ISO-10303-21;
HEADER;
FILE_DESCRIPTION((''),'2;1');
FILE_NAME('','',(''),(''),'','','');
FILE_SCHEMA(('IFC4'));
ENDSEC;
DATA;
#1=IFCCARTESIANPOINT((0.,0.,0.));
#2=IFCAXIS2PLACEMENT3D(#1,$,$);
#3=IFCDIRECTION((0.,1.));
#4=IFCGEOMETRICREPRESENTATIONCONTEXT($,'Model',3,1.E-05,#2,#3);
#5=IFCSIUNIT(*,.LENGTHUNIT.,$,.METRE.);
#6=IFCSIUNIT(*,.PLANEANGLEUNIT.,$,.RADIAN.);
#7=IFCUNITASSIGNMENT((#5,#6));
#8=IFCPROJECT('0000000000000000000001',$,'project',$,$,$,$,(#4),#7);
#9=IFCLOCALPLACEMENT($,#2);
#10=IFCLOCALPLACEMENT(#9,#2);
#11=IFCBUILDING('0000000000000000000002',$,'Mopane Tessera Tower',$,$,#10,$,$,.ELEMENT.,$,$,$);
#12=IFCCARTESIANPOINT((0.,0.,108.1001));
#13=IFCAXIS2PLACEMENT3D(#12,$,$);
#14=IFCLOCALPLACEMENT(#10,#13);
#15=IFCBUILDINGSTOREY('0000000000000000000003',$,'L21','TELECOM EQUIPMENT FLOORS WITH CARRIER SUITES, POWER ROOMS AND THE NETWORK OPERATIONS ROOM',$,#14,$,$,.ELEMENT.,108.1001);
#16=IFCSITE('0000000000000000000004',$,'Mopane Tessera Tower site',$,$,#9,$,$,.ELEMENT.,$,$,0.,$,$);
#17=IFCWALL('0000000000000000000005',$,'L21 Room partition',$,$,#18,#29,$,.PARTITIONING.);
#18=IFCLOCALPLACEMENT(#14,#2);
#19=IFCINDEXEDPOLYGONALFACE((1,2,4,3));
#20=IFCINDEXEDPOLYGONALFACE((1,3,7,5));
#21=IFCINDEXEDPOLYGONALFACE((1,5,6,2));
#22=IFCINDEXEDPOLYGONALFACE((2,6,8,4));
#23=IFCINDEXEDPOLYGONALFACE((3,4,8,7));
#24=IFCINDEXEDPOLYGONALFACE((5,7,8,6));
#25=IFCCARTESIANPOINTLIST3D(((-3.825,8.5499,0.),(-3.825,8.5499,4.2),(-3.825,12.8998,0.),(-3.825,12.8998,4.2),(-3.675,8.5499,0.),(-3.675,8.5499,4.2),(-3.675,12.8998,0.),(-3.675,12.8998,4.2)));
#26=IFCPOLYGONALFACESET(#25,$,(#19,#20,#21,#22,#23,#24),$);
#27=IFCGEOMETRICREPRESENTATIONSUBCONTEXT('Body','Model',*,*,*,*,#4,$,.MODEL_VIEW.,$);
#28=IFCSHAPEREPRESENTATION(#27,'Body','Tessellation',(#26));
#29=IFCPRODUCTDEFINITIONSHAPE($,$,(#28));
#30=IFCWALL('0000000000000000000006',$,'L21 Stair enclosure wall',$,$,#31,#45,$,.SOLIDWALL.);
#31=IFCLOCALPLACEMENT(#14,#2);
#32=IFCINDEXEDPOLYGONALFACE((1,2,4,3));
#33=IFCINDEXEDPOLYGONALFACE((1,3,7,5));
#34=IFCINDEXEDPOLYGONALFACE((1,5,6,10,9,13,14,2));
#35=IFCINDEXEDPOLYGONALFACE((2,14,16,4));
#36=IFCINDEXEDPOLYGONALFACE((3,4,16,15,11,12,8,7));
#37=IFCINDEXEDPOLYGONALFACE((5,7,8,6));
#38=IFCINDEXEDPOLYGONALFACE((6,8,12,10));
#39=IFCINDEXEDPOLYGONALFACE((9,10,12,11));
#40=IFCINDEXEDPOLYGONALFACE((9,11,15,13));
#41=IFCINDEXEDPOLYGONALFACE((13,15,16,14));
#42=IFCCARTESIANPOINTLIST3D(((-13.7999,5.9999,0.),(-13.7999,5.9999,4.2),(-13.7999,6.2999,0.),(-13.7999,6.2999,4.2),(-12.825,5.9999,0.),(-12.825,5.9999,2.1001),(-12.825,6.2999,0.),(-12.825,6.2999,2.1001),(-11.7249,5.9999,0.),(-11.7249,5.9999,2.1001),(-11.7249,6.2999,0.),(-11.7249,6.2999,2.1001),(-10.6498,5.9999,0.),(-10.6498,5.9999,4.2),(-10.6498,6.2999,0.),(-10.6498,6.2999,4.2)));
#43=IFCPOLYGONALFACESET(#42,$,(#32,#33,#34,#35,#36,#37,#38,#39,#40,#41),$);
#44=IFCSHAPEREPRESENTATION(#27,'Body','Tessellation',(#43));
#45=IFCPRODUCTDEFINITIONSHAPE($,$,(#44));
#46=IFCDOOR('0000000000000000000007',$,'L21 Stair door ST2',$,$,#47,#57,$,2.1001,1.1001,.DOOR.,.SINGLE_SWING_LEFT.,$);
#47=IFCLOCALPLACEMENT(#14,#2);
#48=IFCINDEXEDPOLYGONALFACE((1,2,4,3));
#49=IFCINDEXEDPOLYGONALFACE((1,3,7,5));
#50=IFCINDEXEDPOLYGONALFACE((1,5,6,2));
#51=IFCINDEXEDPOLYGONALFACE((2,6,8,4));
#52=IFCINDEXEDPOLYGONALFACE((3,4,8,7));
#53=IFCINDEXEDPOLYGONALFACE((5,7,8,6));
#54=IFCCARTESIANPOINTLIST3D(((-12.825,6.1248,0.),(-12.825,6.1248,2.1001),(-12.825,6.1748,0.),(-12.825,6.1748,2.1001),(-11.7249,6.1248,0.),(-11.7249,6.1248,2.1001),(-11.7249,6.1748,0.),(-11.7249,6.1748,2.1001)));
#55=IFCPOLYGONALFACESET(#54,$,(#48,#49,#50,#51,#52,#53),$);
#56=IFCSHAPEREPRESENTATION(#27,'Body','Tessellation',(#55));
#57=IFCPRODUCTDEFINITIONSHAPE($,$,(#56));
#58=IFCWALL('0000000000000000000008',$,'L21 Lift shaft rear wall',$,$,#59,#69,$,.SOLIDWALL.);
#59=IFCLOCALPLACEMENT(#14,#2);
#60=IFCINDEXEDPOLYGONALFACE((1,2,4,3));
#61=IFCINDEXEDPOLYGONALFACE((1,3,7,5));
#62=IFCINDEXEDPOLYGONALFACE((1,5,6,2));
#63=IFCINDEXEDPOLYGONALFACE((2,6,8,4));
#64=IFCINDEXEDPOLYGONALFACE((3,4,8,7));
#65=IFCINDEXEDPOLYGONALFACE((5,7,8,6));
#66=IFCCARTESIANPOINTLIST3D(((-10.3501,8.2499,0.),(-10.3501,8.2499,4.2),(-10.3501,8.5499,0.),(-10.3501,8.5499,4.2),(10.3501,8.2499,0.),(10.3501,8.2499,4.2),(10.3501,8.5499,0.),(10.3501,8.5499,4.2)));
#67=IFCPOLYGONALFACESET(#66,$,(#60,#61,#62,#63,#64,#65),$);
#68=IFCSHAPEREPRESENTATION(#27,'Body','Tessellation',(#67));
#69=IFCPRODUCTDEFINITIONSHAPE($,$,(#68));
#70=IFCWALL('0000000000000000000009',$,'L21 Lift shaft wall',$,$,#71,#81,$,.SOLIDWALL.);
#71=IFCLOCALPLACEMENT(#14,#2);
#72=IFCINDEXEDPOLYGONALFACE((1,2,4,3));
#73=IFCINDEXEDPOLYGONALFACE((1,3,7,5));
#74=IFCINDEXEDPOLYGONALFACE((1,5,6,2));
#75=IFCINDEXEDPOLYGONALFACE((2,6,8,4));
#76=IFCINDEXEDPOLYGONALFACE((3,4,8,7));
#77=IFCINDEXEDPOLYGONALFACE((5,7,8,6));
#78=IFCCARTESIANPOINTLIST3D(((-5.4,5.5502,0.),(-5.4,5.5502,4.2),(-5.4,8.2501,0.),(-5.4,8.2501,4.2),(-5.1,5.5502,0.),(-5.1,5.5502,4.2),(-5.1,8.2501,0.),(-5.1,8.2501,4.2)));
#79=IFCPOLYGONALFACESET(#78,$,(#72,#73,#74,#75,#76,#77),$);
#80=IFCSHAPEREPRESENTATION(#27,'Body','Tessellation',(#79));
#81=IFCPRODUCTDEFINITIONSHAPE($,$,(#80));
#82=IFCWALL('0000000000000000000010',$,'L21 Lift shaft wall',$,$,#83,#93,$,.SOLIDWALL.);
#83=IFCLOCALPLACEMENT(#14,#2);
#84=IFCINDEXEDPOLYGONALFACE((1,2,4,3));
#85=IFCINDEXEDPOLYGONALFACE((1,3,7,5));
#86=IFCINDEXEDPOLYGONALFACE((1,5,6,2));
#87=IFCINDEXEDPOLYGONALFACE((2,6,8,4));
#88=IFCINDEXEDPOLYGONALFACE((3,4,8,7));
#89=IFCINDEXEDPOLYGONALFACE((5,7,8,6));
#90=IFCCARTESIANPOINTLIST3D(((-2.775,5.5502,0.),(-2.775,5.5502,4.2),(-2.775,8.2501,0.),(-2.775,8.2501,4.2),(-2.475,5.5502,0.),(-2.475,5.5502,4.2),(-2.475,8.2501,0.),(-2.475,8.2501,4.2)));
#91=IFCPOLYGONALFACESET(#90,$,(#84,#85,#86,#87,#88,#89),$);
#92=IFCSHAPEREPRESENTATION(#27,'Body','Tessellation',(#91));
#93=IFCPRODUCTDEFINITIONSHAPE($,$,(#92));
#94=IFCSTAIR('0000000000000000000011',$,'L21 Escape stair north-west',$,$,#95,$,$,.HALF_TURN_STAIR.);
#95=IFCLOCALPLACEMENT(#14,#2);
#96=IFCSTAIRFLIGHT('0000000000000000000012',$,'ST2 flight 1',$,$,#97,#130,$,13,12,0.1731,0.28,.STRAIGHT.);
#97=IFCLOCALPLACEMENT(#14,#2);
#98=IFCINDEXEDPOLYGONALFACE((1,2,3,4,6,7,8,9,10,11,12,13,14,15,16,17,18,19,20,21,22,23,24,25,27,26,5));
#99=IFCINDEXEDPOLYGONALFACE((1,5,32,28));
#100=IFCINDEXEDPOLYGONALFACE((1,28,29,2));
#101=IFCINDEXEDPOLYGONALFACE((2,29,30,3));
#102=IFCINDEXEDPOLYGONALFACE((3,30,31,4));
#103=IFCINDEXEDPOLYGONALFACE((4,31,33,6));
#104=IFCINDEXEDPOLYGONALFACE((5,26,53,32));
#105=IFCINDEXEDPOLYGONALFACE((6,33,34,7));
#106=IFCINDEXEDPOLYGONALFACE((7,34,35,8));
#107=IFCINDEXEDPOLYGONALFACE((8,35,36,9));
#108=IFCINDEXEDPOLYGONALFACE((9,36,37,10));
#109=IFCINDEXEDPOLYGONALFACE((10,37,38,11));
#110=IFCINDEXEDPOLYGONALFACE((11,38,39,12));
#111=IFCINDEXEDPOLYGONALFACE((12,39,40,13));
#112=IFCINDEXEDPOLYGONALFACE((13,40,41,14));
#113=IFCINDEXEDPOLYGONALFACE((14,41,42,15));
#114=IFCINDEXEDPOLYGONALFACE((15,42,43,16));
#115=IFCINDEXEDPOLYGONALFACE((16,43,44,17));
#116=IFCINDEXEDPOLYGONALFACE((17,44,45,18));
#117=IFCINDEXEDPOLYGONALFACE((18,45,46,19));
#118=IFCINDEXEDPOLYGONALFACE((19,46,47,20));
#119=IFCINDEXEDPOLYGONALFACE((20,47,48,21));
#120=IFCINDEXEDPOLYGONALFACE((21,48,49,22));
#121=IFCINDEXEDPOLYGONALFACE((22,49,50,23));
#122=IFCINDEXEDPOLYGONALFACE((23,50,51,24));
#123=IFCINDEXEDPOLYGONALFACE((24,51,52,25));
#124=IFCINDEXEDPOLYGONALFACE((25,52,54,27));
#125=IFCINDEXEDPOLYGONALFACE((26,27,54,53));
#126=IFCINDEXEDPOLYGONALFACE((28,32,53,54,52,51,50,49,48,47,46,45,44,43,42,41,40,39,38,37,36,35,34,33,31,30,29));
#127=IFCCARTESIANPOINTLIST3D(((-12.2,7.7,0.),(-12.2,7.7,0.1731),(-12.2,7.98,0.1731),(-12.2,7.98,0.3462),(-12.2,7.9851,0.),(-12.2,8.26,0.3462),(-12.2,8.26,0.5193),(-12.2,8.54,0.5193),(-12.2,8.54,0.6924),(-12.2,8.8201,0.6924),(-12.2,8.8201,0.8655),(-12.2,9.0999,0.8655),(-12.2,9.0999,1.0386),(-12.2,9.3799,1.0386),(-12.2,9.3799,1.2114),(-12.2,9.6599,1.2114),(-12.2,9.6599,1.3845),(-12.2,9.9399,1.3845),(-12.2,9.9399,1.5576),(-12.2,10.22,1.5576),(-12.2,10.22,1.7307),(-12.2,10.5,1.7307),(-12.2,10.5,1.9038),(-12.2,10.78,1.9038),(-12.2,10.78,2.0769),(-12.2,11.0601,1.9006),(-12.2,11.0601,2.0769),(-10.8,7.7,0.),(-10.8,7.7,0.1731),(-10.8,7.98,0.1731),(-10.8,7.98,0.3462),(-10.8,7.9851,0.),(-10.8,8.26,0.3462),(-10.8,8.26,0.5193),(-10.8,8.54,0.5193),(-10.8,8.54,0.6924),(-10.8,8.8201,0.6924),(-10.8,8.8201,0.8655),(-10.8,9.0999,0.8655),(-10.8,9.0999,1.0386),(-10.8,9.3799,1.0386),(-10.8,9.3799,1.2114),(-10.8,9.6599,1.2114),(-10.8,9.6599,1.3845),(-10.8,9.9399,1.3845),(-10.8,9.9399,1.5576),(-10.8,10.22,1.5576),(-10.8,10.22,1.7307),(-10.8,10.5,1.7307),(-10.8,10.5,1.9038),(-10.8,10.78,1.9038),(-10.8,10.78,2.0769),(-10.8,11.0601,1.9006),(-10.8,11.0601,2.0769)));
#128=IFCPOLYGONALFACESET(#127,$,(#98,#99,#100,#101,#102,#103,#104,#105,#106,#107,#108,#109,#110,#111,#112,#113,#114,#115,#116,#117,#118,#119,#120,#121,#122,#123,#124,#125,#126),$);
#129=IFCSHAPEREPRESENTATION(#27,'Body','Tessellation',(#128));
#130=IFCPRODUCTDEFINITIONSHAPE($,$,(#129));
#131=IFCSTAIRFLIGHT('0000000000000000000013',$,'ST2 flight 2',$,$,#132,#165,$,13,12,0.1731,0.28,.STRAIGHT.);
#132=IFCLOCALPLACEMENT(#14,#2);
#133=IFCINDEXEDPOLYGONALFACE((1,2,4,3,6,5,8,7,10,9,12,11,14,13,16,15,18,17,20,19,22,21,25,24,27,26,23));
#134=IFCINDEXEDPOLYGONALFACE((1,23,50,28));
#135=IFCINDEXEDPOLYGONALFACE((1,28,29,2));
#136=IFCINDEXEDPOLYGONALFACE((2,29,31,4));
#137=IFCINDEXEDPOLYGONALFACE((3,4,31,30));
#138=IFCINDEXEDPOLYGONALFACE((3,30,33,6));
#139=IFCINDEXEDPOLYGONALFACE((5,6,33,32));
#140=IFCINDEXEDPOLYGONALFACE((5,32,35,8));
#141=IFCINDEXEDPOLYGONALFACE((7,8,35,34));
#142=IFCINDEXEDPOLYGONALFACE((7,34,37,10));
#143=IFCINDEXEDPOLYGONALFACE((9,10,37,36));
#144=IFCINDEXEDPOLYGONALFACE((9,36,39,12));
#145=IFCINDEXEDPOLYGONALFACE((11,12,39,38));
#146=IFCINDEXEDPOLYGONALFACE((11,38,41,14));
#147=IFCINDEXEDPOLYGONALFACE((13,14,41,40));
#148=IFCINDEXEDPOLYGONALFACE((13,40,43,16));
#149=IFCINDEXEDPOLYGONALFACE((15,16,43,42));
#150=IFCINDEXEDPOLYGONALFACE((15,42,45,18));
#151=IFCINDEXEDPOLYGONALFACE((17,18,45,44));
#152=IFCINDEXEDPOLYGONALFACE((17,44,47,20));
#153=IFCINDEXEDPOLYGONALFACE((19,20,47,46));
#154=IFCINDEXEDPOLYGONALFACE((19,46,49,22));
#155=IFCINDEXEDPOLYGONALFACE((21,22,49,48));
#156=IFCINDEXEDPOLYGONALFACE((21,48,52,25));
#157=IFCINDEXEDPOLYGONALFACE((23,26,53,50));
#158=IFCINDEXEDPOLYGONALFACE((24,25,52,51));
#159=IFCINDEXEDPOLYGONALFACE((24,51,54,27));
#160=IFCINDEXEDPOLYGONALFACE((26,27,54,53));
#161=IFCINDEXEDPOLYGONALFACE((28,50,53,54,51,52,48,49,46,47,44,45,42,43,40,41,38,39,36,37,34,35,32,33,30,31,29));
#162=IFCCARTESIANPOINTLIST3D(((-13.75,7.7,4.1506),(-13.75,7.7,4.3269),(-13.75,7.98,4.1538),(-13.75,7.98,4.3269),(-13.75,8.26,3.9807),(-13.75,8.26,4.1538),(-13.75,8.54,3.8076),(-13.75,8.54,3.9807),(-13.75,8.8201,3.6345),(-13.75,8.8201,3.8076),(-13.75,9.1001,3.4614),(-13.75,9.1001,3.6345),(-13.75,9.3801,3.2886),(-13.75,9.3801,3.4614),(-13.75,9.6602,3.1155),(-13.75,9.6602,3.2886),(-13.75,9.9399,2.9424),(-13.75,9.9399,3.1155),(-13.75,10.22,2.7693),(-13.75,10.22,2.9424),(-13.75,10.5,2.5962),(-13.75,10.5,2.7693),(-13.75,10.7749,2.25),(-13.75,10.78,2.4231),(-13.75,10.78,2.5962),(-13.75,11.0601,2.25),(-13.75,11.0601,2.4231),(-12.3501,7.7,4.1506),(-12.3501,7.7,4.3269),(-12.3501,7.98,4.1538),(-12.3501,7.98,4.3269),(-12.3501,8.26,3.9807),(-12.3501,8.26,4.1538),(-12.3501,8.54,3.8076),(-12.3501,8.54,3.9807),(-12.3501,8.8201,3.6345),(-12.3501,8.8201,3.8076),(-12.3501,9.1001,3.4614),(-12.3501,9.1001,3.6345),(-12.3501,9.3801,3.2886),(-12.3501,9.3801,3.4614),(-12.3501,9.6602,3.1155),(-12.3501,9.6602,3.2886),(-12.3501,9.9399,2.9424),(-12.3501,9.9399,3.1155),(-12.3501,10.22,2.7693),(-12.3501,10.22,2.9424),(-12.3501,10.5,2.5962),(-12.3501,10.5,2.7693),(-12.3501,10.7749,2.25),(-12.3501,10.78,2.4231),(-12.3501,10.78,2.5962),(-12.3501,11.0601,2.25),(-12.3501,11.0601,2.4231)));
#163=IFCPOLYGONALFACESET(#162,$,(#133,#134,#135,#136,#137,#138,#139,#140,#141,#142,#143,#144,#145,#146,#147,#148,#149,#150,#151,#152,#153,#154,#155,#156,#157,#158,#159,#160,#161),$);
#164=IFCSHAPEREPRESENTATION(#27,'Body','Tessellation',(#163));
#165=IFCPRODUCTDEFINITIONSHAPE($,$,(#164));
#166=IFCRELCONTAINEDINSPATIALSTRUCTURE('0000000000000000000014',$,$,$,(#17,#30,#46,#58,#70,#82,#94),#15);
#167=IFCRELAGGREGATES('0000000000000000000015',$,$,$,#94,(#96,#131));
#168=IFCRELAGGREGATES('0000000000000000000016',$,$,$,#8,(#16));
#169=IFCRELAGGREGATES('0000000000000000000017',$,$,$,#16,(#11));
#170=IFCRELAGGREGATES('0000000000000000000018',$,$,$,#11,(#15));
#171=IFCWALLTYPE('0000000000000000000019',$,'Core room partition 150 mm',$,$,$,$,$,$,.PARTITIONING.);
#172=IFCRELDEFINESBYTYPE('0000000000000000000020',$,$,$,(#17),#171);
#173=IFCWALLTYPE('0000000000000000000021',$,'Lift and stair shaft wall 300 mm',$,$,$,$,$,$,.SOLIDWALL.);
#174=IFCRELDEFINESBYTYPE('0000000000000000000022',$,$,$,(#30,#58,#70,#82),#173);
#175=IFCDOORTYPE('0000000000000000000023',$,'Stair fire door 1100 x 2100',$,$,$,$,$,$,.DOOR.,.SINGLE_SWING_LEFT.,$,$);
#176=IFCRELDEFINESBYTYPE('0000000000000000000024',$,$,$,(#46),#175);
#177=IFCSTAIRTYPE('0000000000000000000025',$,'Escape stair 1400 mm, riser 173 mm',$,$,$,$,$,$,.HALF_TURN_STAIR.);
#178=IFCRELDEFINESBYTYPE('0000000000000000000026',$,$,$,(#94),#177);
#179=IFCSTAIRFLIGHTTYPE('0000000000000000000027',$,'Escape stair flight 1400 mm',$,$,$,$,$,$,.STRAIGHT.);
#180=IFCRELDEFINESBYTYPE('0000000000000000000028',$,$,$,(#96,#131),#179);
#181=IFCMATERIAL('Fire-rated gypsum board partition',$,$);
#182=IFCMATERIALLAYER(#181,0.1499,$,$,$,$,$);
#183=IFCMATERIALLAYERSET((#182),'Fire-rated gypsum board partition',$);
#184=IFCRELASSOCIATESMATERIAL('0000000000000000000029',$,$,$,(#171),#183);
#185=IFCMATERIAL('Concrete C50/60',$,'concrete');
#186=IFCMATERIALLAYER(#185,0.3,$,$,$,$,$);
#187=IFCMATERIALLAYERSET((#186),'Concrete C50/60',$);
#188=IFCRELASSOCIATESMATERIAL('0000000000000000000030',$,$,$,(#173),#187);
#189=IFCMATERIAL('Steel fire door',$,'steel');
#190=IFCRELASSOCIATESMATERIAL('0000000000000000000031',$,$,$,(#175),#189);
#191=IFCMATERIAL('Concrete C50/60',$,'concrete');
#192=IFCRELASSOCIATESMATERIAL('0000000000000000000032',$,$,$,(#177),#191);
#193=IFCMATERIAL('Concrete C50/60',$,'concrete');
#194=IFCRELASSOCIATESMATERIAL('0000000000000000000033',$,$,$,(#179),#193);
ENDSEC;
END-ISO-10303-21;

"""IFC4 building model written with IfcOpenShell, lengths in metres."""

from ifc_helpers import new_model, si_unit, direction, frame, frame_2d, origin, place, context, subcontext, project, spatial, polyline, rectangle, outline, extrude, material, layer, layer_set, type_object, element, fill, aggregate, save


model = new_model("IFC4")

# Units and contexts
model_context = context("Model", 3, precision=1e-05, world=origin(), true_north=direction((0.0, 1.0)))
body_context = subcontext(model_context, "Body", "Model", "MODEL_VIEW")
ifc_project = project(units=[si_unit("LENGTHUNIT", "METRE"), si_unit("PLANEANGLEUNIT", "RADIAN")], contexts=[model_context])

# Site, building, storey
site_placement = place(None, origin())
site = spatial("IfcSite", under=ifc_project, at=site_placement, Name="Mopane Tessera Tower site", CompositionType="ELEMENT", RefElevation=0.0)
building_placement = place(site_placement, origin())
building = spatial("IfcBuilding", under=site, at=building_placement, Name="Mopane Tessera Tower", CompositionType="ELEMENT")
storey_placement = place(building_placement, frame((0.0, 0.0, 108.1001)))
storey = spatial("IfcBuildingStorey", under=building, at=storey_placement, Name="L21", Description="TELECOM EQUIPMENT FLOORS WITH CARRIER SUITES, POWER ROOMS AND THE NETWORK OPERATIONS ROOM", CompositionType="ELEMENT", Elevation=108.1001)

# Wall
ifc_material_1 = material(Name="Fire-rated gypsum board partition")
ifc_layer_1 = layer(ifc_material_1, 0.1499)
ifc_layer_set_1 = layer_set([ifc_layer_1], Name="Fire-rated gypsum board partition")
wall_type_1 = type_object("IfcWallType", Name="Core room partition 150 mm", PredefinedType="PARTITIONING", material=ifc_layer_set_1)
wall_1_placement = place(storey_placement, frame((-3.75, 8.55, 0.0), z_axis=(0.0, 0.0, 1.0), x_axis=(0.0, 1.0, 0.0)))
element("IfcWall", 1, at=wall_1_placement, inside=storey, type_object=wall_type_1, Name="L21 Room partition", PredefinedType="PARTITIONING", context=body_context, shape_type="SweptSolid", body=[
    extrude(rectangle(XDim=4.3499, YDim=0.1499, at=frame_2d((2.1748, 0.0))), origin(), (0.0, 0.0, 1.0), 4.2),
])

# Wall, opening, door
ifc_material_2 = material(Name="Concrete C50/60", Category="concrete")
ifc_layer_2 = layer(ifc_material_2, 0.3)
ifc_layer_set_2 = layer_set([ifc_layer_2], Name="Concrete C50/60")
wall_type_2 = type_object("IfcWallType", Name="Lift and stair shaft wall 300 mm", PredefinedType="SOLIDWALL", material=ifc_layer_set_2)
wall_2_placement = place(storey_placement, frame((-13.8, 6.1499, 0.0), z_axis=(0.0, 0.0, 1.0), x_axis=(1.0, 0.0, 0.0)))
wall_2 = element("IfcWall", 2, at=wall_2_placement, inside=storey, type_object=wall_type_2, Name="L21 Stair enclosure wall", PredefinedType="SOLIDWALL", context=body_context, shape_type="SweptSolid", body=[
    extrude(rectangle(XDim=3.1501, YDim=0.3, at=frame_2d((1.5752, 0.0))), origin(), (0.0, 0.0, 1.0), 4.2),
])
opening_placement = place(wall_2_placement, frame((0.9751, 0.0, 0.0)))
opening = element("IfcOpeningElement", 3, at=opening_placement, cuts=wall_2, PredefinedType="OPENING", context=body_context, shape_type="SweptSolid", body=[
    extrude(rectangle(XDim=1.1001, YDim=2.1001, at=frame_2d((0.55, 1.05))), frame((0.0, 0.1621, 0.0), z_axis=(0.0, -1.0, 0.0), x_axis=(1.0, 0.0, 0.0)), (0.0, 0.0, 1.0), 0.324),
])
ifc_material_3 = material(Name="Steel fire door", Category="steel")
door_type = type_object("IfcDoorType", Name="Stair fire door 1100 x 2100", OperationType="SINGLE_SWING_LEFT", PredefinedType="DOOR", material=ifc_material_3)
door_placement = place(opening_placement, origin())
door = element("IfcDoor", 4, at=door_placement, inside=storey, type_object=door_type, Name="L21 Stair door ST2", OperationType="SINGLE_SWING_LEFT", OverallHeight=2.1001, OverallWidth=1.1001, PredefinedType="DOOR", context=body_context, shape_type="SweptSolid", body=[
    extrude(rectangle(XDim=1.1001, YDim=2.1001, at=frame_2d((0.55, 1.05))), frame((0.0, 0.0249, 0.0), z_axis=(0.0, -1.0, 0.0), x_axis=(1.0, 0.0, 0.0)), (0.0, 0.0, 1.0), 0.05),
])
fill(opening, door)

# Walls
wall_3_placement = place(storey_placement, frame((-10.3501, 8.3999, 0.0), z_axis=(0.0, 0.0, 1.0), x_axis=(1.0, 0.0, 0.0)))
element("IfcWall", 5, at=wall_3_placement, inside=storey, type_object=wall_type_2, Name="L21 Lift shaft rear wall", PredefinedType="SOLIDWALL", context=body_context, shape_type="SweptSolid", body=[
    extrude(rectangle(XDim=20.7002, YDim=0.3, at=frame_2d((10.3501, 0.0))), origin(), (0.0, 0.0, 1.0), 4.2),
])
for number, where, z_axis, x_axis, name in (
    (6, (-5.25, 5.55, 0.0), (0.0, 0.0, 1.0), (0.0, 1.0, 0.0), "L21 Lift shaft wall"),
    (7, (-2.625, 5.55, 0.0), (0.0, 0.0, 1.0), (0.0, 1.0, 0.0), "L21 Lift shaft wall"),
):
    element("IfcWall", number, at=place(storey_placement, frame(where, z_axis=z_axis, x_axis=x_axis)), inside=storey, type_object=wall_type_2, Name=name, PredefinedType="SOLIDWALL", context=body_context, shape_type="SweptSolid", body=[
        extrude(rectangle(XDim=2.7, YDim=0.3, at=frame_2d((1.3501, 0.0))), origin(), (0.0, 0.0, 1.0), 4.2),
    ])

# Stair, stair flights
ifc_material_4 = material(Name="Concrete C50/60", Category="concrete")
stair_type = type_object("IfcStairType", Name="Escape stair 1400 mm, riser 173 mm", PredefinedType="HALF_TURN_STAIR", material=ifc_material_4)
stair_placement = place(storey_placement, origin())
stair = element("IfcStair", 8, at=stair_placement, inside=storey, type_object=stair_type, Name="L21 Escape stair north-west", PredefinedType="HALF_TURN_STAIR")
ifc_material_5 = material(Name="Concrete C50/60", Category="concrete")
stair_flight_type = type_object("IfcStairFlightType", Name="Escape stair flight 1400 mm", PredefinedType="STRAIGHT", material=ifc_material_5)
stair_flight_1_placement = place(storey_placement, frame((-11.5, 7.7, 0.0), z_axis=(0.0, 0.0, 1.0), x_axis=(0.0, 1.0, 0.0)))
stair_flight_1 = element("IfcStairFlight", 9, at=stair_flight_1_placement, type_object=stair_flight_type, Name="ST2 flight 1", NumberOfRisers=13, NumberOfTreads=12, PredefinedType="STRAIGHT", RiserHeight=0.1731, TreadLength=0.28, context=body_context, shape_type="SweptSolid", body=[
    extrude(outline(polyline([(0.0, 0.0), (0.0, 0.1731), (0.28, 0.1731), (0.28, 0.3462), (0.5601, 0.3462), (0.5601, 0.5193), (0.8401, 0.5193), (0.8401, 0.6924), (1.1201, 0.6924), (1.1201, 0.8655), (1.3999, 0.8655), (1.3999, 1.0386), (1.6799, 1.0386), (1.6799, 1.2114), (1.96, 1.2114), (1.96, 1.3845), (2.24, 1.3845), (2.24, 1.5576), (2.52, 1.5576), (2.52, 1.7307), (2.8, 1.7307), (2.8, 1.9038), (3.0801, 1.9038), (3.0801, 2.0769), (3.3601, 2.0769), (3.3601, 2.25), (3.3601, 1.9006), (0.2852, 0.0), (0.0, 0.0)])), frame((0.0, 0.7, 0.0), z_axis=(0.0, -1.0, 0.0), x_axis=(1.0, 0.0, 0.0)), (0.0, 0.0, 1.0), 1.3999),
])
stair_flight_2_placement = place(storey_placement, frame((-13.05, 11.0601, 2.25), z_axis=(0.0, 0.0, 1.0), x_axis=(0.0, -1.0, 0.0)))
stair_flight_2 = element("IfcStairFlight", 10, at=stair_flight_2_placement, type_object=stair_flight_type, Name="ST2 flight 2", NumberOfRisers=13, NumberOfTreads=12, PredefinedType="STRAIGHT", RiserHeight=0.1731, TreadLength=0.28, context=body_context, shape_type="SweptSolid", body=[
    extrude(outline(polyline([(0.0, 0.0), (0.0, 0.1731), (0.28, 0.1731), (0.28, 0.3462), (0.5601, 0.3462), (0.5601, 0.5193), (0.8401, 0.5193), (0.8401, 0.6924), (1.1201, 0.6924), (1.1201, 0.8655), (1.3999, 0.8655), (1.3999, 1.0386), (1.6799, 1.0386), (1.6799, 1.2114), (1.96, 1.2114), (1.96, 1.3845), (2.24, 1.3845), (2.24, 1.5576), (2.52, 1.5576), (2.52, 1.7307), (2.8, 1.7307), (2.8, 1.9038), (3.0801, 1.9038), (3.0801, 2.0769), (3.3601, 2.0769), (3.3601, 2.25), (3.3601, 1.9006), (0.2852, 0.0), (0.0, 0.0)])), frame((0.0, 0.7, 0.0), z_axis=(0.0, -1.0, 0.0), x_axis=(1.0, 0.0, 0.0)), (0.0, 0.0, 1.0), 1.3999),
])
aggregate(stair, [stair_flight_1, stair_flight_2])

save(model, "model.ifc")
